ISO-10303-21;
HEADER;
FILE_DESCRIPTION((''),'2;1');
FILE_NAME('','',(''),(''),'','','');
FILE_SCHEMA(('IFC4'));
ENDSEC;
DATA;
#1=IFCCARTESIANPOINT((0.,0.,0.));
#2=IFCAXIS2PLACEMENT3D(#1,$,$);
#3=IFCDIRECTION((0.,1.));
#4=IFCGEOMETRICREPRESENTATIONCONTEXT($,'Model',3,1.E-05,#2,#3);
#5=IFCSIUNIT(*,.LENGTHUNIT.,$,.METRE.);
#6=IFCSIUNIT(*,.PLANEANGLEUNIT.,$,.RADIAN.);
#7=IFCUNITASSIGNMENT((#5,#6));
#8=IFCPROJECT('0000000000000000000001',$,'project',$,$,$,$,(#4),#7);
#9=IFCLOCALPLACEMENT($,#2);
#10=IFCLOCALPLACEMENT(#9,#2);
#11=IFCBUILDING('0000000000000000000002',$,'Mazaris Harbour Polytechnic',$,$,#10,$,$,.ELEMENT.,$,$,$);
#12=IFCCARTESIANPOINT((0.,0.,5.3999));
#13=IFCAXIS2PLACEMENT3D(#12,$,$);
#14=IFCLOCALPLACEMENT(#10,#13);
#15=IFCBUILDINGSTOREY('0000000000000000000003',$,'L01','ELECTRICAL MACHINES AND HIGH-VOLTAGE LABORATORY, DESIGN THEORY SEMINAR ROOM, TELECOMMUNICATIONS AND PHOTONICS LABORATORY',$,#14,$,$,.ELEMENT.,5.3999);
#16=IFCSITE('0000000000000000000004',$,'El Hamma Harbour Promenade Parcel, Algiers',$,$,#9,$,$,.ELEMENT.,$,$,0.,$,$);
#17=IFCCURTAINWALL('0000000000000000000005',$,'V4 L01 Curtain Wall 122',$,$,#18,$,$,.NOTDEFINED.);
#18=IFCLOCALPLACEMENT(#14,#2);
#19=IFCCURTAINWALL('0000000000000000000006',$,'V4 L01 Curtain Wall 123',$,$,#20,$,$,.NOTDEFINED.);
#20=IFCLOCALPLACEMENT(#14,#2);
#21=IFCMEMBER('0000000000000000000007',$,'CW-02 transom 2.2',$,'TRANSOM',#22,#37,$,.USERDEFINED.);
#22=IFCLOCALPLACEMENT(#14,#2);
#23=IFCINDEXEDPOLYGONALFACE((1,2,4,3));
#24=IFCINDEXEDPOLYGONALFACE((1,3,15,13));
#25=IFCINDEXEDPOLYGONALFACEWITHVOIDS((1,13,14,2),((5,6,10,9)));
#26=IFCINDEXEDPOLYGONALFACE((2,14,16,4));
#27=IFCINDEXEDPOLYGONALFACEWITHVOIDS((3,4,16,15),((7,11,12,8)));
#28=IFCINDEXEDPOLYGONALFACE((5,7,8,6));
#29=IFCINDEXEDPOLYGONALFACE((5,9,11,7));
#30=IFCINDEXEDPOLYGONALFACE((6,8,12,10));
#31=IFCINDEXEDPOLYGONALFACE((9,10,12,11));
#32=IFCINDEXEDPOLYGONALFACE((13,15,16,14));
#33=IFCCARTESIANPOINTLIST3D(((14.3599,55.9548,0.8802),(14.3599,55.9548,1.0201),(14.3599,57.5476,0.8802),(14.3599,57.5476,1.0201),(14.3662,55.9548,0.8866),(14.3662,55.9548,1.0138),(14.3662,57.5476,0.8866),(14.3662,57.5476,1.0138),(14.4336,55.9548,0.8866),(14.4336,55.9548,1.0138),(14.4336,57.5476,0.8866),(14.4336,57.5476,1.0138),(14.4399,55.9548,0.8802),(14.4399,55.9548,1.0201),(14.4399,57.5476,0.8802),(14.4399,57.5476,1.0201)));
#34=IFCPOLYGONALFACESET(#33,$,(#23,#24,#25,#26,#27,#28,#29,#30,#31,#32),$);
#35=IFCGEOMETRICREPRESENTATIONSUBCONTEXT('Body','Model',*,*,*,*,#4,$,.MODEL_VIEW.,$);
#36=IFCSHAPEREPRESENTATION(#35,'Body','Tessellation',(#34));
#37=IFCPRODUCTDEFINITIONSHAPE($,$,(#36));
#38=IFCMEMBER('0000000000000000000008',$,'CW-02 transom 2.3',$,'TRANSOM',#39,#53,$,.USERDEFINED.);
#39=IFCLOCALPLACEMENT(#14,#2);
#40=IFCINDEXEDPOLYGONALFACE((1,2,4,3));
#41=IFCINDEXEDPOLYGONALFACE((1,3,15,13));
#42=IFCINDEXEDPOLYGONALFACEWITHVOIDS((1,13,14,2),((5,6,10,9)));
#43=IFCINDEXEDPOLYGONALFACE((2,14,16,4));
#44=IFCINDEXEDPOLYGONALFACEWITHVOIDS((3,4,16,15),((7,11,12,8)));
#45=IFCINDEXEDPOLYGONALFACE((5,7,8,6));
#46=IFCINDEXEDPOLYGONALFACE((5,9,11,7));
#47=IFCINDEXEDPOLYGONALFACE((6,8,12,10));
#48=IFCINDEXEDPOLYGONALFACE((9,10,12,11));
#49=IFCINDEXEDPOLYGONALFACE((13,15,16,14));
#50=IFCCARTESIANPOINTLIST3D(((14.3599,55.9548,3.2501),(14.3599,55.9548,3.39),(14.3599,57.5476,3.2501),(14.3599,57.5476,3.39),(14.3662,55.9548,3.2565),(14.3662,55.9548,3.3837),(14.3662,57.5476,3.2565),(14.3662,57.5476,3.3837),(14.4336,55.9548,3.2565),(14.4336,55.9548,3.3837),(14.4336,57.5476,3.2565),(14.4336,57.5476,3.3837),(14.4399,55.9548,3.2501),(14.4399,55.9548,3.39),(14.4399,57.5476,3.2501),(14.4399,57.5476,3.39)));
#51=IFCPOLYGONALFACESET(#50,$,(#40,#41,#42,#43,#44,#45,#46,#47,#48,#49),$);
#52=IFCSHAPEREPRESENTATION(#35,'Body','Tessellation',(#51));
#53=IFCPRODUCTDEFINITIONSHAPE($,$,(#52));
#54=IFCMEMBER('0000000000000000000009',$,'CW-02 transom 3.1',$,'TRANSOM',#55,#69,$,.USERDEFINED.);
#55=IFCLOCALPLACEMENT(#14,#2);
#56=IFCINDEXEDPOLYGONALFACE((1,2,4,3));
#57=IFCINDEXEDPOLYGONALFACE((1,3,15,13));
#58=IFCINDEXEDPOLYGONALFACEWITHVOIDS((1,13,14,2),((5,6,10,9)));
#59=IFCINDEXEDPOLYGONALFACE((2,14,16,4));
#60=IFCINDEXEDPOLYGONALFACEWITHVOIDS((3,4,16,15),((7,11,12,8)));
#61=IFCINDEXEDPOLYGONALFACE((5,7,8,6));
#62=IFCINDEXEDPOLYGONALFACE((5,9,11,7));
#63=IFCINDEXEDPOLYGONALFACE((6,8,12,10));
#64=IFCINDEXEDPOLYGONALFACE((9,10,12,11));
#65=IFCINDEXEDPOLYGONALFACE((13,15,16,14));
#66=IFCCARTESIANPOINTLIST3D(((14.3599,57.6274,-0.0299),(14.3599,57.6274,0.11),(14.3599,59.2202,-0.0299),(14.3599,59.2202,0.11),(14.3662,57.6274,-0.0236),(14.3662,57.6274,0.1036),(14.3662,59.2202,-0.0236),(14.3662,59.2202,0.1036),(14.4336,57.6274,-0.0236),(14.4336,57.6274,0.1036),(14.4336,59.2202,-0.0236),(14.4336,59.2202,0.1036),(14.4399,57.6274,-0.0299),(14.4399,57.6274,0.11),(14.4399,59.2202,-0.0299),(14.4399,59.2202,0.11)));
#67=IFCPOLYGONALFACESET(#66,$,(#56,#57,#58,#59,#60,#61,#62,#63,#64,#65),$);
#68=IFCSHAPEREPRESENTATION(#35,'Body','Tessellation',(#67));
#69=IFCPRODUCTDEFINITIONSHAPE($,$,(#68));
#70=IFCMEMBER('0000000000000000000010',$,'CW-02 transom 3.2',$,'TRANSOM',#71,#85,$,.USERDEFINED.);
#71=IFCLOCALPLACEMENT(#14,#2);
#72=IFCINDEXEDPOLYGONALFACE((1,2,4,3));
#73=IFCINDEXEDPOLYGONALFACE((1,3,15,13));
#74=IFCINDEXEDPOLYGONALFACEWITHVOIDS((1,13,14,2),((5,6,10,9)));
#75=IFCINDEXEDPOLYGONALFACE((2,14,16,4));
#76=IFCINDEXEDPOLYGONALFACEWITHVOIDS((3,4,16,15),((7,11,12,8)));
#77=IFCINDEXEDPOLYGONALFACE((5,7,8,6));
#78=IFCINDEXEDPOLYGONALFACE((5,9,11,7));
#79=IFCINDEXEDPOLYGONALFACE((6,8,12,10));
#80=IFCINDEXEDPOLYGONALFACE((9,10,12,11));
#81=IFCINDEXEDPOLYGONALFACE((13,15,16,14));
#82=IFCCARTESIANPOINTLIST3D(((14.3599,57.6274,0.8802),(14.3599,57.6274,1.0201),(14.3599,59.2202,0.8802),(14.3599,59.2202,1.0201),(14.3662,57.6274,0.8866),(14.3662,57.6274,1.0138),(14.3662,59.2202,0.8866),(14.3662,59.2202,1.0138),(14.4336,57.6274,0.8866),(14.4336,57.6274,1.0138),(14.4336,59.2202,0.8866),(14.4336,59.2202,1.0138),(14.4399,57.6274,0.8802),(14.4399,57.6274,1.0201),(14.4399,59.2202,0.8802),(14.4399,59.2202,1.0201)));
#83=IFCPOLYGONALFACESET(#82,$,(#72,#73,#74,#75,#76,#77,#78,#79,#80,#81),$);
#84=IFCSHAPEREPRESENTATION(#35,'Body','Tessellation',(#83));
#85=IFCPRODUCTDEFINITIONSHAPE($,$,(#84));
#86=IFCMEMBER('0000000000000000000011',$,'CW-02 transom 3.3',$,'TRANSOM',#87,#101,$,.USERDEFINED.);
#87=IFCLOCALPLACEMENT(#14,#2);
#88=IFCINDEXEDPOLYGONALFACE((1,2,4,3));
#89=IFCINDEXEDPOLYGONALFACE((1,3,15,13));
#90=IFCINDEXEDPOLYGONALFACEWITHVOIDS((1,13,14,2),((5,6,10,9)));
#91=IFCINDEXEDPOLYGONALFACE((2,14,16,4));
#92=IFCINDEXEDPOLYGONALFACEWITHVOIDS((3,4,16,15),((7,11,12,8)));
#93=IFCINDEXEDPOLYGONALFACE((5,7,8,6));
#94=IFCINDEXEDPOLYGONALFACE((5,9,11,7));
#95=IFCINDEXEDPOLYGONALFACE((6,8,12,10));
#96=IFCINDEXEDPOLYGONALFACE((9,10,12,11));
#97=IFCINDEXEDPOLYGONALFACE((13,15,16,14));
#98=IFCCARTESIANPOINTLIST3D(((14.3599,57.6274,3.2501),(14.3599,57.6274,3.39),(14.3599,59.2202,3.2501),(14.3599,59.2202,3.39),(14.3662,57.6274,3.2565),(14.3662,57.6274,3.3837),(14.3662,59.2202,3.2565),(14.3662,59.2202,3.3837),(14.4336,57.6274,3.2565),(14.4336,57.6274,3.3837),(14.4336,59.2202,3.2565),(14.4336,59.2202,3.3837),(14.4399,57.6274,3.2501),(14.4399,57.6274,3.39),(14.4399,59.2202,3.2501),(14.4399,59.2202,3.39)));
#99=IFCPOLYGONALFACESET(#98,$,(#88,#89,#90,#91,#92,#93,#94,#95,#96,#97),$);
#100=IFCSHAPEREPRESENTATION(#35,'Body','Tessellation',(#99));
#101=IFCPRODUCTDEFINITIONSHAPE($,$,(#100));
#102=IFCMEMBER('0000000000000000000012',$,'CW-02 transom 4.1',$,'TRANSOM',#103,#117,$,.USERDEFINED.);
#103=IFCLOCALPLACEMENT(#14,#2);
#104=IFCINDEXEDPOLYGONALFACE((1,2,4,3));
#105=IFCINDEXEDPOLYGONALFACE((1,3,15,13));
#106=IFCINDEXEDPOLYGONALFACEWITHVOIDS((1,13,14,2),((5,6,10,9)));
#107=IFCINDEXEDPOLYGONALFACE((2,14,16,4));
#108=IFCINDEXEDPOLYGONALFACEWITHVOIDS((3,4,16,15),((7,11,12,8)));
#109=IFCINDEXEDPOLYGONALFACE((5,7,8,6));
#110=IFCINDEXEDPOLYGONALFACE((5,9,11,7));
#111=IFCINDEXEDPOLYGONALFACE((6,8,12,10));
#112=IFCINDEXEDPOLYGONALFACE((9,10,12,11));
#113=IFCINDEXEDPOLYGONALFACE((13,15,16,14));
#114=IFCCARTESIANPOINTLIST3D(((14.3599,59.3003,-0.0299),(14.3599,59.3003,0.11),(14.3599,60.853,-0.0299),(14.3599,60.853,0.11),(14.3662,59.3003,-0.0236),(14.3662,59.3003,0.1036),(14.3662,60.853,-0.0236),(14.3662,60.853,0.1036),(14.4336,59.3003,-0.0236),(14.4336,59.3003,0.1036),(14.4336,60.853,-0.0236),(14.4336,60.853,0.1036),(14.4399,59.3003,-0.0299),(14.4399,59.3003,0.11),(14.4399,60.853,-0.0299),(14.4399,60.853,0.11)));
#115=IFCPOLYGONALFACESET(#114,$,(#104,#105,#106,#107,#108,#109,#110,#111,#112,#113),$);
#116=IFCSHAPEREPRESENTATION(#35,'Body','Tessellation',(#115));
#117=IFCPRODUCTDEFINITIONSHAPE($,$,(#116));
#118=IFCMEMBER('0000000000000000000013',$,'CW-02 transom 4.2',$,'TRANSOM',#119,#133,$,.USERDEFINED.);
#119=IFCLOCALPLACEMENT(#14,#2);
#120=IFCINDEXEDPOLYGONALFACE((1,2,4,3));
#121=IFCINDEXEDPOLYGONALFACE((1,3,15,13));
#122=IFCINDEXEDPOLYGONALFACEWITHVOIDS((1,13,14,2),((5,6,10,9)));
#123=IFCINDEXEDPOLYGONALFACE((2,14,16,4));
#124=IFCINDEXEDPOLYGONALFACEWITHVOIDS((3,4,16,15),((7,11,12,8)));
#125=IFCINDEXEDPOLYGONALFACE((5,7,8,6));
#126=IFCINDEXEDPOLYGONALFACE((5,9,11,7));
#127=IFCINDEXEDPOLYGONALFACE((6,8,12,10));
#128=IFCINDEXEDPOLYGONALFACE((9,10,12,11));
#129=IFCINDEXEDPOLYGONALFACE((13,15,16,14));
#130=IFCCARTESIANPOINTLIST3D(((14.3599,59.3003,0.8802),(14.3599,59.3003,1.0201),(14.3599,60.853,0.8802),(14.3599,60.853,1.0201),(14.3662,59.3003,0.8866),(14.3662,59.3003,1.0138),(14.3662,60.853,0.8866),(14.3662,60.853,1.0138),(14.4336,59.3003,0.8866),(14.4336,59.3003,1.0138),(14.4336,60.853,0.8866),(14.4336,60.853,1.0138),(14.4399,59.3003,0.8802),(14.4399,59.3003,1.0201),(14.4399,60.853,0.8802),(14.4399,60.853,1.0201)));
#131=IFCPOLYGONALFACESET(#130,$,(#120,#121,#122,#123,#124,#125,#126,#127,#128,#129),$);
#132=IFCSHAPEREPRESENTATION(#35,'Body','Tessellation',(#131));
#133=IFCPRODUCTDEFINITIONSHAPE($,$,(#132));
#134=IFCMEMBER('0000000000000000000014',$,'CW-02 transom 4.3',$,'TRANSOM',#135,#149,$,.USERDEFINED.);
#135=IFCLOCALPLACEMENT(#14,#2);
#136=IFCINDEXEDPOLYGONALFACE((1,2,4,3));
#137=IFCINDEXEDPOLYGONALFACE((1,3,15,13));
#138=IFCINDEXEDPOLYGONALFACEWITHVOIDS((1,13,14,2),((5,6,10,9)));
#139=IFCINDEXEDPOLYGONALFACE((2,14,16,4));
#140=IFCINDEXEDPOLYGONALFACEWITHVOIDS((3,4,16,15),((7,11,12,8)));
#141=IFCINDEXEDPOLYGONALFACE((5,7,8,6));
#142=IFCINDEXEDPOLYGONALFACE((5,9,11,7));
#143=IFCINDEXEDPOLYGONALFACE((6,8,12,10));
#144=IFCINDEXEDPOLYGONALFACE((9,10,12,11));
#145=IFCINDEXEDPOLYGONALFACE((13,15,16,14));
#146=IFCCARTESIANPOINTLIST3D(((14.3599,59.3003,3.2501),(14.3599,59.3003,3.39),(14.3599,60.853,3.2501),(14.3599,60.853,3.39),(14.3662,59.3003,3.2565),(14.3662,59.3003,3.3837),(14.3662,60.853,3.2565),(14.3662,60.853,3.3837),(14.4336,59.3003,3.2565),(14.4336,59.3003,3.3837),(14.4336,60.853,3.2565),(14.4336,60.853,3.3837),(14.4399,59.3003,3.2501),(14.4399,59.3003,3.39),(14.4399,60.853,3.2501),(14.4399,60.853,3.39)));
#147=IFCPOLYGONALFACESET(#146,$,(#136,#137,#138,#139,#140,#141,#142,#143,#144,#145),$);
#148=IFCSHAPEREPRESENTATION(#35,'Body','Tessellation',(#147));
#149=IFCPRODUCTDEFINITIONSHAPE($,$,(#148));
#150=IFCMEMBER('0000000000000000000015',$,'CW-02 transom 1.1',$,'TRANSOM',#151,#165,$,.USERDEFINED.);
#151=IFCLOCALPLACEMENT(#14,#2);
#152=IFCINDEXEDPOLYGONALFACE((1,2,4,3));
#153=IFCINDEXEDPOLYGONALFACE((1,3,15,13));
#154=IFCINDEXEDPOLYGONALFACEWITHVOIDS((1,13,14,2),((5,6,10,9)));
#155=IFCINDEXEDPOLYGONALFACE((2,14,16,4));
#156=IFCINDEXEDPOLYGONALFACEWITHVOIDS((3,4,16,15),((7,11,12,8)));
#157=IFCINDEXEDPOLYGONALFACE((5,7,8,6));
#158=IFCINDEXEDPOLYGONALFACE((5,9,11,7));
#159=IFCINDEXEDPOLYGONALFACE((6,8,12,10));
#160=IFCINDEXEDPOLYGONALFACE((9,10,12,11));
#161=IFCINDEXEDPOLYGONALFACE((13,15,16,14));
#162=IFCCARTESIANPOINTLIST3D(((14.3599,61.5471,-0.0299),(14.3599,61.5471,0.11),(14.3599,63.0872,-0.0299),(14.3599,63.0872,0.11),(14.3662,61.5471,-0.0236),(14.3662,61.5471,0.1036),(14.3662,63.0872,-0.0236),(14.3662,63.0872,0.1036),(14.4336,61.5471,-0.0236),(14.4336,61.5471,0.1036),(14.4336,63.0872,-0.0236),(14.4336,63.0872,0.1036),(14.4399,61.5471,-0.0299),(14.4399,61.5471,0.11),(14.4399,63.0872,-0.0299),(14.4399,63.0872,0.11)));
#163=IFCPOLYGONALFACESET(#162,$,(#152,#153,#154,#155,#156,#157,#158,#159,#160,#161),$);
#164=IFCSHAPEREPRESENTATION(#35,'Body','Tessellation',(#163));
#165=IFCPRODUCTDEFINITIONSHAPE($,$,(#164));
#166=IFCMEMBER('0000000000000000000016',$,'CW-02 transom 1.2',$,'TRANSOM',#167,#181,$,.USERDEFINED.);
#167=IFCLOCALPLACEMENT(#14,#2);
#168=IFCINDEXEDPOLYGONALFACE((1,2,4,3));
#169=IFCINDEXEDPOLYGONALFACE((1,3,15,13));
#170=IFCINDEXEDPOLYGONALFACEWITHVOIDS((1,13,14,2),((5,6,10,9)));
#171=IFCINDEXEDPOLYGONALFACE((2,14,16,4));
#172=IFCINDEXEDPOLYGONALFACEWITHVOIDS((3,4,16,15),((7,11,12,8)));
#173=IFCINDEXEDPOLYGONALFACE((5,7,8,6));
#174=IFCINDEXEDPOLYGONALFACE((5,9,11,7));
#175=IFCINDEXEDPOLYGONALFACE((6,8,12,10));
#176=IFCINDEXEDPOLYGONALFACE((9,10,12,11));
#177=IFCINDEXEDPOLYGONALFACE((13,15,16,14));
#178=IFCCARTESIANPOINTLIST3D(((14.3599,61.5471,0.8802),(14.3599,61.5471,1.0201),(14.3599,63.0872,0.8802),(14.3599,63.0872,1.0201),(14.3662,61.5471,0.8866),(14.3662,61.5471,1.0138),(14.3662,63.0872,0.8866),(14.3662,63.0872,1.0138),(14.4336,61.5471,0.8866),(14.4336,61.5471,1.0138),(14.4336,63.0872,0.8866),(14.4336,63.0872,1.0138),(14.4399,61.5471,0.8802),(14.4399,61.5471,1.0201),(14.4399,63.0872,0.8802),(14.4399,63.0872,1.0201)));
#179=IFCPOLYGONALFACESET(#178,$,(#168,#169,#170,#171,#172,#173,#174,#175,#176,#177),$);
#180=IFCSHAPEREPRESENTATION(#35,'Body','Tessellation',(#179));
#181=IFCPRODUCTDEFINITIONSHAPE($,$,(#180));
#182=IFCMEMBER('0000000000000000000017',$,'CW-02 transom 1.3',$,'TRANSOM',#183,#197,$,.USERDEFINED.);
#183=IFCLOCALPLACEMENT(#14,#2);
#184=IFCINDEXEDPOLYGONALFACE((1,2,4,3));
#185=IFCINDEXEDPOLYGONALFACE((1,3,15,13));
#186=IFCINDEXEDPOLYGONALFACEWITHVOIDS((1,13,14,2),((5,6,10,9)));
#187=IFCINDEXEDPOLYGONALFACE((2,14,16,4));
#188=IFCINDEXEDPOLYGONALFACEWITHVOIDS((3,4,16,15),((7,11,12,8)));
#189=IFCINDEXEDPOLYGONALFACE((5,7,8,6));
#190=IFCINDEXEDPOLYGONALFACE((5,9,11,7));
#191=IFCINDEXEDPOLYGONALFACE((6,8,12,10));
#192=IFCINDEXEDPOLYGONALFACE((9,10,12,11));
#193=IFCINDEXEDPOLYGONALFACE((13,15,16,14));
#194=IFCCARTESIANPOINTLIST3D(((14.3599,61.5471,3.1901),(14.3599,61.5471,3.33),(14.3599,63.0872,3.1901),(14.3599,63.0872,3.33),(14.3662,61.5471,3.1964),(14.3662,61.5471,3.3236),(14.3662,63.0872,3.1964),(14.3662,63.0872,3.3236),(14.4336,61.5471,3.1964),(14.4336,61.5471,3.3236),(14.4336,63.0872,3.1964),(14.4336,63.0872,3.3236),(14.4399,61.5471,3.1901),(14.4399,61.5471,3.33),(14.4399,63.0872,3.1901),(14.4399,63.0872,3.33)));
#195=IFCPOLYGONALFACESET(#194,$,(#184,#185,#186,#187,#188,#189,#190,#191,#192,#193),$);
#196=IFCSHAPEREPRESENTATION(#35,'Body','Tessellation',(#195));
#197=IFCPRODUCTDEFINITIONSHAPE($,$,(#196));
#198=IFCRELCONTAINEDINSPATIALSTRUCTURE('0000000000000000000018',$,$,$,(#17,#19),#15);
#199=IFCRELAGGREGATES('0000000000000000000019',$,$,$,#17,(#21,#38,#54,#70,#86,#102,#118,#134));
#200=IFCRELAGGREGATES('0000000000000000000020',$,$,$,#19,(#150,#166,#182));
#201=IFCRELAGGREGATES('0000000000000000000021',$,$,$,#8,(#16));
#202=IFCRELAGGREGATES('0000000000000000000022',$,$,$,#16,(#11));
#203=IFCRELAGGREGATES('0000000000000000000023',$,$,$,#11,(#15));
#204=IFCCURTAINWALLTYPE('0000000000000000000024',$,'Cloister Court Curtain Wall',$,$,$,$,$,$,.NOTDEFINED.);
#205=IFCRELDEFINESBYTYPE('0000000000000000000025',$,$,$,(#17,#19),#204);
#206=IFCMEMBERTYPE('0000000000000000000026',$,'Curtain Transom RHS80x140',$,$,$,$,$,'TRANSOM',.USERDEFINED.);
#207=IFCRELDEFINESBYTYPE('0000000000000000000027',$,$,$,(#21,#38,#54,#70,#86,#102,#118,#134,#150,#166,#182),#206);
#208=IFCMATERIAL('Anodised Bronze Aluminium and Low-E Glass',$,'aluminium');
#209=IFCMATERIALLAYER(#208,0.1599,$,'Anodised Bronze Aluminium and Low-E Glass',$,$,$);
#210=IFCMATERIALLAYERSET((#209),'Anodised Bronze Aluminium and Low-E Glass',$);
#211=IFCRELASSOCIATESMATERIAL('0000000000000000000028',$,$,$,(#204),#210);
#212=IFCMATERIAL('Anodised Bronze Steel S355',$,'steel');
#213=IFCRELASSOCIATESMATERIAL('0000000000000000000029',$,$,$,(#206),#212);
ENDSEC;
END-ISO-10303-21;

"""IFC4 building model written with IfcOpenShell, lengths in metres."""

from ifc_helpers import new_model, si_unit, direction, frame, origin, origin_2d, place, context, subcontext, project, spatial, hollow_rectangle, extrude, material, layer, layer_set, material_profile, profile_set, type_object, element, aggregate, save


model = new_model("IFC4")

# Units and contexts
model_context = context("Model", 3, precision=1e-05, world=origin(), true_north=direction((0.0, 1.0)))
body_context = subcontext(model_context, "Body", "Model", "MODEL_VIEW")
ifc_project = project(units=[si_unit("LENGTHUNIT", "METRE"), si_unit("PLANEANGLEUNIT", "RADIAN")], contexts=[model_context])

# Site, building, storey
site_placement = place(None, origin())
site = spatial("IfcSite", under=ifc_project, at=site_placement, Name="El Hamma Harbour Promenade Parcel, Algiers", CompositionType="ELEMENT", RefElevation=0.0)
building_placement = place(site_placement, origin())
building = spatial("IfcBuilding", under=site, at=building_placement, Name="Mazaris Harbour Polytechnic", CompositionType="ELEMENT")
storey_placement = place(building_placement, frame((0.0, 0.0, 5.3999)))
storey = spatial("IfcBuildingStorey", under=building, at=storey_placement, Name="L01", Description="ELECTRICAL MACHINES AND HIGH-VOLTAGE LABORATORY, DESIGN THEORY SEMINAR ROOM, TELECOMMUNICATIONS AND PHOTONICS LABORATORY", CompositionType="ELEMENT", Elevation=5.3999)

# Curtain walls
ifc_material_1 = material(Name="Anodised Bronze Aluminium and Low-E Glass", Category="aluminium")
ifc_layer_1 = layer(ifc_material_1, 0.1599, Name="Anodised Bronze Aluminium and Low-E Glass")
ifc_layer_set_1 = layer_set([ifc_layer_1], Name="Anodised Bronze Aluminium and Low-E Glass")
curtain_wall_type = type_object("IfcCurtainWallType", Name="Cloister Court Curtain Wall", PredefinedType="NOTDEFINED", material=ifc_layer_set_1)
curtain_wall_1_placement = place(storey_placement, origin())
curtain_wall_1 = element("IfcCurtainWall", 1, at=curtain_wall_1_placement, inside=storey, type_object=curtain_wall_type, Name="V4 L01 Curtain Wall 122", PredefinedType="NOTDEFINED")
curtain_wall_2_placement = place(storey_placement, origin())
curtain_wall_2 = element("IfcCurtainWall", 2, at=curtain_wall_2_placement, inside=storey, type_object=curtain_wall_type, Name="V4 L01 Curtain Wall 123", PredefinedType="NOTDEFINED")

# Members
ifc_material_2 = material(Name="Anodised Bronze Steel S355", Category="steel")
ifc_material_profile_1 = material_profile(ifc_material_2, hollow_rectangle(XDim=0.0801, YDim=0.1399, WallThickness=0.0063, at=origin_2d()), Name="RHS 80x140x6.3")
ifc_profile_set_1 = profile_set([ifc_material_profile_1], Name="Anodised Bronze Steel S355")
member_type_1 = type_object("IfcMemberType", Name="Curtain Transom RHS80x140", ElementType="TRANSOM", PredefinedType="USERDEFINED", material=ifc_profile_set_1)
member_1_placement = place(storey_placement, frame((14.3999, 55.9548, 0.9502), z_axis=(0.0, 1.0, 0.0), x_axis=(-1.0, 0.0, 0.0)))
member_1 = element("IfcMember", 3, at=member_1_placement, type_object=member_type_1, Name="CW-02 transom 2.2", ObjectType="TRANSOM", PredefinedType="USERDEFINED", context=body_context, shape_type="SweptSolid", body=[
    extrude(hollow_rectangle(XDim=0.0801, YDim=0.1399, WallThickness=0.0063, at=origin_2d()), origin(), (0.0, 0.0, 1.0), 1.5928),
])
member_2_placement = place(storey_placement, frame((14.3999, 55.9548, 3.3201), z_axis=(0.0, 1.0, 0.0), x_axis=(-1.0, 0.0, 0.0)))
member_2 = element("IfcMember", 4, at=member_2_placement, type_object=member_type_1, Name="CW-02 transom 2.3", ObjectType="TRANSOM", PredefinedType="USERDEFINED", context=body_context, shape_type="SweptSolid", body=[
    extrude(hollow_rectangle(XDim=0.0801, YDim=0.1399, WallThickness=0.0063, at=origin_2d()), origin(), (0.0, 0.0, 1.0), 1.5928),
])
member_3_placement = place(storey_placement, frame((14.3999, 57.6274, 0.04), z_axis=(0.0, 1.0, 0.0), x_axis=(-1.0, 0.0, 0.0)))
member_3 = element("IfcMember", 5, at=member_3_placement, type_object=member_type_1, Name="CW-02 transom 3.1", ObjectType="TRANSOM", PredefinedType="USERDEFINED", context=body_context, shape_type="SweptSolid", body=[
    extrude(hollow_rectangle(XDim=0.0801, YDim=0.1399, WallThickness=0.0063, at=origin_2d()), origin(), (0.0, 0.0, 1.0), 1.5928),
])
member_4_placement = place(storey_placement, frame((14.3999, 57.6274, 0.9502), z_axis=(0.0, 1.0, 0.0), x_axis=(-1.0, 0.0, 0.0)))
member_4 = element("IfcMember", 6, at=member_4_placement, type_object=member_type_1, Name="CW-02 transom 3.2", ObjectType="TRANSOM", PredefinedType="USERDEFINED", context=body_context, shape_type="SweptSolid", body=[
    extrude(hollow_rectangle(XDim=0.0801, YDim=0.1399, WallThickness=0.0063, at=origin_2d()), origin(), (0.0, 0.0, 1.0), 1.5928),
])
member_5_placement = place(storey_placement, frame((14.3999, 57.6274, 3.3201), z_axis=(0.0, 1.0, 0.0), x_axis=(-1.0, 0.0, 0.0)))
member_5 = element("IfcMember", 7, at=member_5_placement, type_object=member_type_1, Name="CW-02 transom 3.3", ObjectType="TRANSOM", PredefinedType="USERDEFINED", context=body_context, shape_type="SweptSolid", body=[
    extrude(hollow_rectangle(XDim=0.0801, YDim=0.1399, WallThickness=0.0063, at=origin_2d()), origin(), (0.0, 0.0, 1.0), 1.5928),
])
member_6_placement = place(storey_placement, frame((14.3999, 59.3003, 0.04), z_axis=(0.0, 1.0, 0.0), x_axis=(-1.0, 0.0, 0.0)))
member_6 = element("IfcMember", 8, at=member_6_placement, type_object=member_type_1, Name="CW-02 transom 4.1", ObjectType="TRANSOM", PredefinedType="USERDEFINED", context=body_context, shape_type="SweptSolid", body=[
    extrude(hollow_rectangle(XDim=0.0801, YDim=0.1399, WallThickness=0.0063, at=origin_2d()), origin(), (0.0, 0.0, 1.0), 1.5527),
])
member_7_placement = place(storey_placement, frame((14.3999, 59.3003, 0.9502), z_axis=(0.0, 1.0, 0.0), x_axis=(-1.0, 0.0, 0.0)))
member_7 = element("IfcMember", 9, at=member_7_placement, type_object=member_type_1, Name="CW-02 transom 4.2", ObjectType="TRANSOM", PredefinedType="USERDEFINED", context=body_context, shape_type="SweptSolid", body=[
    extrude(hollow_rectangle(XDim=0.0801, YDim=0.1399, WallThickness=0.0063, at=origin_2d()), origin(), (0.0, 0.0, 1.0), 1.5527),
])
member_8_placement = place(storey_placement, frame((14.3999, 59.3003, 3.3201), z_axis=(0.0, 1.0, 0.0), x_axis=(-1.0, 0.0, 0.0)))
member_8 = element("IfcMember", 10, at=member_8_placement, type_object=member_type_1, Name="CW-02 transom 4.3", ObjectType="TRANSOM", PredefinedType="USERDEFINED", context=body_context, shape_type="SweptSolid", body=[
    extrude(hollow_rectangle(XDim=0.0801, YDim=0.1399, WallThickness=0.0063, at=origin_2d()), origin(), (0.0, 0.0, 1.0), 1.5527),
])
member_9_placement = place(storey_placement, frame((14.3999, 61.5471, 0.04), z_axis=(0.0, 1.0, 0.0), x_axis=(-1.0, 0.0, 0.0)))
member_9 = element("IfcMember", 11, at=member_9_placement, type_object=member_type_1, Name="CW-02 transom 1.1", ObjectType="TRANSOM", PredefinedType="USERDEFINED", context=body_context, shape_type="SweptSolid", body=[
    extrude(hollow_rectangle(XDim=0.0801, YDim=0.1399, WallThickness=0.0063, at=origin_2d()), origin(), (0.0, 0.0, 1.0), 1.54),
])
member_10_placement = place(storey_placement, frame((14.3999, 61.5471, 0.9502), z_axis=(0.0, 1.0, 0.0), x_axis=(-1.0, 0.0, 0.0)))
member_10 = element("IfcMember", 12, at=member_10_placement, type_object=member_type_1, Name="CW-02 transom 1.2", ObjectType="TRANSOM", PredefinedType="USERDEFINED", context=body_context, shape_type="SweptSolid", body=[
    extrude(hollow_rectangle(XDim=0.0801, YDim=0.1399, WallThickness=0.0063, at=origin_2d()), origin(), (0.0, 0.0, 1.0), 1.54),
])
member_11_placement = place(storey_placement, frame((14.3999, 61.5471, 3.26), z_axis=(0.0, 1.0, 0.0), x_axis=(-1.0, 0.0, 0.0)))
member_11 = element("IfcMember", 13, at=member_11_placement, type_object=member_type_1, Name="CW-02 transom 1.3", ObjectType="TRANSOM", PredefinedType="USERDEFINED", context=body_context, shape_type="SweptSolid", body=[
    extrude(hollow_rectangle(XDim=0.0801, YDim=0.1399, WallThickness=0.0063, at=origin_2d()), origin(), (0.0, 0.0, 1.0), 1.54),
])

aggregate(curtain_wall_1, [member_1, member_2, member_3, member_4, member_5, member_6, member_7, member_8])
aggregate(curtain_wall_2, [member_9, member_10, member_11])

save(model, "model.ifc")
